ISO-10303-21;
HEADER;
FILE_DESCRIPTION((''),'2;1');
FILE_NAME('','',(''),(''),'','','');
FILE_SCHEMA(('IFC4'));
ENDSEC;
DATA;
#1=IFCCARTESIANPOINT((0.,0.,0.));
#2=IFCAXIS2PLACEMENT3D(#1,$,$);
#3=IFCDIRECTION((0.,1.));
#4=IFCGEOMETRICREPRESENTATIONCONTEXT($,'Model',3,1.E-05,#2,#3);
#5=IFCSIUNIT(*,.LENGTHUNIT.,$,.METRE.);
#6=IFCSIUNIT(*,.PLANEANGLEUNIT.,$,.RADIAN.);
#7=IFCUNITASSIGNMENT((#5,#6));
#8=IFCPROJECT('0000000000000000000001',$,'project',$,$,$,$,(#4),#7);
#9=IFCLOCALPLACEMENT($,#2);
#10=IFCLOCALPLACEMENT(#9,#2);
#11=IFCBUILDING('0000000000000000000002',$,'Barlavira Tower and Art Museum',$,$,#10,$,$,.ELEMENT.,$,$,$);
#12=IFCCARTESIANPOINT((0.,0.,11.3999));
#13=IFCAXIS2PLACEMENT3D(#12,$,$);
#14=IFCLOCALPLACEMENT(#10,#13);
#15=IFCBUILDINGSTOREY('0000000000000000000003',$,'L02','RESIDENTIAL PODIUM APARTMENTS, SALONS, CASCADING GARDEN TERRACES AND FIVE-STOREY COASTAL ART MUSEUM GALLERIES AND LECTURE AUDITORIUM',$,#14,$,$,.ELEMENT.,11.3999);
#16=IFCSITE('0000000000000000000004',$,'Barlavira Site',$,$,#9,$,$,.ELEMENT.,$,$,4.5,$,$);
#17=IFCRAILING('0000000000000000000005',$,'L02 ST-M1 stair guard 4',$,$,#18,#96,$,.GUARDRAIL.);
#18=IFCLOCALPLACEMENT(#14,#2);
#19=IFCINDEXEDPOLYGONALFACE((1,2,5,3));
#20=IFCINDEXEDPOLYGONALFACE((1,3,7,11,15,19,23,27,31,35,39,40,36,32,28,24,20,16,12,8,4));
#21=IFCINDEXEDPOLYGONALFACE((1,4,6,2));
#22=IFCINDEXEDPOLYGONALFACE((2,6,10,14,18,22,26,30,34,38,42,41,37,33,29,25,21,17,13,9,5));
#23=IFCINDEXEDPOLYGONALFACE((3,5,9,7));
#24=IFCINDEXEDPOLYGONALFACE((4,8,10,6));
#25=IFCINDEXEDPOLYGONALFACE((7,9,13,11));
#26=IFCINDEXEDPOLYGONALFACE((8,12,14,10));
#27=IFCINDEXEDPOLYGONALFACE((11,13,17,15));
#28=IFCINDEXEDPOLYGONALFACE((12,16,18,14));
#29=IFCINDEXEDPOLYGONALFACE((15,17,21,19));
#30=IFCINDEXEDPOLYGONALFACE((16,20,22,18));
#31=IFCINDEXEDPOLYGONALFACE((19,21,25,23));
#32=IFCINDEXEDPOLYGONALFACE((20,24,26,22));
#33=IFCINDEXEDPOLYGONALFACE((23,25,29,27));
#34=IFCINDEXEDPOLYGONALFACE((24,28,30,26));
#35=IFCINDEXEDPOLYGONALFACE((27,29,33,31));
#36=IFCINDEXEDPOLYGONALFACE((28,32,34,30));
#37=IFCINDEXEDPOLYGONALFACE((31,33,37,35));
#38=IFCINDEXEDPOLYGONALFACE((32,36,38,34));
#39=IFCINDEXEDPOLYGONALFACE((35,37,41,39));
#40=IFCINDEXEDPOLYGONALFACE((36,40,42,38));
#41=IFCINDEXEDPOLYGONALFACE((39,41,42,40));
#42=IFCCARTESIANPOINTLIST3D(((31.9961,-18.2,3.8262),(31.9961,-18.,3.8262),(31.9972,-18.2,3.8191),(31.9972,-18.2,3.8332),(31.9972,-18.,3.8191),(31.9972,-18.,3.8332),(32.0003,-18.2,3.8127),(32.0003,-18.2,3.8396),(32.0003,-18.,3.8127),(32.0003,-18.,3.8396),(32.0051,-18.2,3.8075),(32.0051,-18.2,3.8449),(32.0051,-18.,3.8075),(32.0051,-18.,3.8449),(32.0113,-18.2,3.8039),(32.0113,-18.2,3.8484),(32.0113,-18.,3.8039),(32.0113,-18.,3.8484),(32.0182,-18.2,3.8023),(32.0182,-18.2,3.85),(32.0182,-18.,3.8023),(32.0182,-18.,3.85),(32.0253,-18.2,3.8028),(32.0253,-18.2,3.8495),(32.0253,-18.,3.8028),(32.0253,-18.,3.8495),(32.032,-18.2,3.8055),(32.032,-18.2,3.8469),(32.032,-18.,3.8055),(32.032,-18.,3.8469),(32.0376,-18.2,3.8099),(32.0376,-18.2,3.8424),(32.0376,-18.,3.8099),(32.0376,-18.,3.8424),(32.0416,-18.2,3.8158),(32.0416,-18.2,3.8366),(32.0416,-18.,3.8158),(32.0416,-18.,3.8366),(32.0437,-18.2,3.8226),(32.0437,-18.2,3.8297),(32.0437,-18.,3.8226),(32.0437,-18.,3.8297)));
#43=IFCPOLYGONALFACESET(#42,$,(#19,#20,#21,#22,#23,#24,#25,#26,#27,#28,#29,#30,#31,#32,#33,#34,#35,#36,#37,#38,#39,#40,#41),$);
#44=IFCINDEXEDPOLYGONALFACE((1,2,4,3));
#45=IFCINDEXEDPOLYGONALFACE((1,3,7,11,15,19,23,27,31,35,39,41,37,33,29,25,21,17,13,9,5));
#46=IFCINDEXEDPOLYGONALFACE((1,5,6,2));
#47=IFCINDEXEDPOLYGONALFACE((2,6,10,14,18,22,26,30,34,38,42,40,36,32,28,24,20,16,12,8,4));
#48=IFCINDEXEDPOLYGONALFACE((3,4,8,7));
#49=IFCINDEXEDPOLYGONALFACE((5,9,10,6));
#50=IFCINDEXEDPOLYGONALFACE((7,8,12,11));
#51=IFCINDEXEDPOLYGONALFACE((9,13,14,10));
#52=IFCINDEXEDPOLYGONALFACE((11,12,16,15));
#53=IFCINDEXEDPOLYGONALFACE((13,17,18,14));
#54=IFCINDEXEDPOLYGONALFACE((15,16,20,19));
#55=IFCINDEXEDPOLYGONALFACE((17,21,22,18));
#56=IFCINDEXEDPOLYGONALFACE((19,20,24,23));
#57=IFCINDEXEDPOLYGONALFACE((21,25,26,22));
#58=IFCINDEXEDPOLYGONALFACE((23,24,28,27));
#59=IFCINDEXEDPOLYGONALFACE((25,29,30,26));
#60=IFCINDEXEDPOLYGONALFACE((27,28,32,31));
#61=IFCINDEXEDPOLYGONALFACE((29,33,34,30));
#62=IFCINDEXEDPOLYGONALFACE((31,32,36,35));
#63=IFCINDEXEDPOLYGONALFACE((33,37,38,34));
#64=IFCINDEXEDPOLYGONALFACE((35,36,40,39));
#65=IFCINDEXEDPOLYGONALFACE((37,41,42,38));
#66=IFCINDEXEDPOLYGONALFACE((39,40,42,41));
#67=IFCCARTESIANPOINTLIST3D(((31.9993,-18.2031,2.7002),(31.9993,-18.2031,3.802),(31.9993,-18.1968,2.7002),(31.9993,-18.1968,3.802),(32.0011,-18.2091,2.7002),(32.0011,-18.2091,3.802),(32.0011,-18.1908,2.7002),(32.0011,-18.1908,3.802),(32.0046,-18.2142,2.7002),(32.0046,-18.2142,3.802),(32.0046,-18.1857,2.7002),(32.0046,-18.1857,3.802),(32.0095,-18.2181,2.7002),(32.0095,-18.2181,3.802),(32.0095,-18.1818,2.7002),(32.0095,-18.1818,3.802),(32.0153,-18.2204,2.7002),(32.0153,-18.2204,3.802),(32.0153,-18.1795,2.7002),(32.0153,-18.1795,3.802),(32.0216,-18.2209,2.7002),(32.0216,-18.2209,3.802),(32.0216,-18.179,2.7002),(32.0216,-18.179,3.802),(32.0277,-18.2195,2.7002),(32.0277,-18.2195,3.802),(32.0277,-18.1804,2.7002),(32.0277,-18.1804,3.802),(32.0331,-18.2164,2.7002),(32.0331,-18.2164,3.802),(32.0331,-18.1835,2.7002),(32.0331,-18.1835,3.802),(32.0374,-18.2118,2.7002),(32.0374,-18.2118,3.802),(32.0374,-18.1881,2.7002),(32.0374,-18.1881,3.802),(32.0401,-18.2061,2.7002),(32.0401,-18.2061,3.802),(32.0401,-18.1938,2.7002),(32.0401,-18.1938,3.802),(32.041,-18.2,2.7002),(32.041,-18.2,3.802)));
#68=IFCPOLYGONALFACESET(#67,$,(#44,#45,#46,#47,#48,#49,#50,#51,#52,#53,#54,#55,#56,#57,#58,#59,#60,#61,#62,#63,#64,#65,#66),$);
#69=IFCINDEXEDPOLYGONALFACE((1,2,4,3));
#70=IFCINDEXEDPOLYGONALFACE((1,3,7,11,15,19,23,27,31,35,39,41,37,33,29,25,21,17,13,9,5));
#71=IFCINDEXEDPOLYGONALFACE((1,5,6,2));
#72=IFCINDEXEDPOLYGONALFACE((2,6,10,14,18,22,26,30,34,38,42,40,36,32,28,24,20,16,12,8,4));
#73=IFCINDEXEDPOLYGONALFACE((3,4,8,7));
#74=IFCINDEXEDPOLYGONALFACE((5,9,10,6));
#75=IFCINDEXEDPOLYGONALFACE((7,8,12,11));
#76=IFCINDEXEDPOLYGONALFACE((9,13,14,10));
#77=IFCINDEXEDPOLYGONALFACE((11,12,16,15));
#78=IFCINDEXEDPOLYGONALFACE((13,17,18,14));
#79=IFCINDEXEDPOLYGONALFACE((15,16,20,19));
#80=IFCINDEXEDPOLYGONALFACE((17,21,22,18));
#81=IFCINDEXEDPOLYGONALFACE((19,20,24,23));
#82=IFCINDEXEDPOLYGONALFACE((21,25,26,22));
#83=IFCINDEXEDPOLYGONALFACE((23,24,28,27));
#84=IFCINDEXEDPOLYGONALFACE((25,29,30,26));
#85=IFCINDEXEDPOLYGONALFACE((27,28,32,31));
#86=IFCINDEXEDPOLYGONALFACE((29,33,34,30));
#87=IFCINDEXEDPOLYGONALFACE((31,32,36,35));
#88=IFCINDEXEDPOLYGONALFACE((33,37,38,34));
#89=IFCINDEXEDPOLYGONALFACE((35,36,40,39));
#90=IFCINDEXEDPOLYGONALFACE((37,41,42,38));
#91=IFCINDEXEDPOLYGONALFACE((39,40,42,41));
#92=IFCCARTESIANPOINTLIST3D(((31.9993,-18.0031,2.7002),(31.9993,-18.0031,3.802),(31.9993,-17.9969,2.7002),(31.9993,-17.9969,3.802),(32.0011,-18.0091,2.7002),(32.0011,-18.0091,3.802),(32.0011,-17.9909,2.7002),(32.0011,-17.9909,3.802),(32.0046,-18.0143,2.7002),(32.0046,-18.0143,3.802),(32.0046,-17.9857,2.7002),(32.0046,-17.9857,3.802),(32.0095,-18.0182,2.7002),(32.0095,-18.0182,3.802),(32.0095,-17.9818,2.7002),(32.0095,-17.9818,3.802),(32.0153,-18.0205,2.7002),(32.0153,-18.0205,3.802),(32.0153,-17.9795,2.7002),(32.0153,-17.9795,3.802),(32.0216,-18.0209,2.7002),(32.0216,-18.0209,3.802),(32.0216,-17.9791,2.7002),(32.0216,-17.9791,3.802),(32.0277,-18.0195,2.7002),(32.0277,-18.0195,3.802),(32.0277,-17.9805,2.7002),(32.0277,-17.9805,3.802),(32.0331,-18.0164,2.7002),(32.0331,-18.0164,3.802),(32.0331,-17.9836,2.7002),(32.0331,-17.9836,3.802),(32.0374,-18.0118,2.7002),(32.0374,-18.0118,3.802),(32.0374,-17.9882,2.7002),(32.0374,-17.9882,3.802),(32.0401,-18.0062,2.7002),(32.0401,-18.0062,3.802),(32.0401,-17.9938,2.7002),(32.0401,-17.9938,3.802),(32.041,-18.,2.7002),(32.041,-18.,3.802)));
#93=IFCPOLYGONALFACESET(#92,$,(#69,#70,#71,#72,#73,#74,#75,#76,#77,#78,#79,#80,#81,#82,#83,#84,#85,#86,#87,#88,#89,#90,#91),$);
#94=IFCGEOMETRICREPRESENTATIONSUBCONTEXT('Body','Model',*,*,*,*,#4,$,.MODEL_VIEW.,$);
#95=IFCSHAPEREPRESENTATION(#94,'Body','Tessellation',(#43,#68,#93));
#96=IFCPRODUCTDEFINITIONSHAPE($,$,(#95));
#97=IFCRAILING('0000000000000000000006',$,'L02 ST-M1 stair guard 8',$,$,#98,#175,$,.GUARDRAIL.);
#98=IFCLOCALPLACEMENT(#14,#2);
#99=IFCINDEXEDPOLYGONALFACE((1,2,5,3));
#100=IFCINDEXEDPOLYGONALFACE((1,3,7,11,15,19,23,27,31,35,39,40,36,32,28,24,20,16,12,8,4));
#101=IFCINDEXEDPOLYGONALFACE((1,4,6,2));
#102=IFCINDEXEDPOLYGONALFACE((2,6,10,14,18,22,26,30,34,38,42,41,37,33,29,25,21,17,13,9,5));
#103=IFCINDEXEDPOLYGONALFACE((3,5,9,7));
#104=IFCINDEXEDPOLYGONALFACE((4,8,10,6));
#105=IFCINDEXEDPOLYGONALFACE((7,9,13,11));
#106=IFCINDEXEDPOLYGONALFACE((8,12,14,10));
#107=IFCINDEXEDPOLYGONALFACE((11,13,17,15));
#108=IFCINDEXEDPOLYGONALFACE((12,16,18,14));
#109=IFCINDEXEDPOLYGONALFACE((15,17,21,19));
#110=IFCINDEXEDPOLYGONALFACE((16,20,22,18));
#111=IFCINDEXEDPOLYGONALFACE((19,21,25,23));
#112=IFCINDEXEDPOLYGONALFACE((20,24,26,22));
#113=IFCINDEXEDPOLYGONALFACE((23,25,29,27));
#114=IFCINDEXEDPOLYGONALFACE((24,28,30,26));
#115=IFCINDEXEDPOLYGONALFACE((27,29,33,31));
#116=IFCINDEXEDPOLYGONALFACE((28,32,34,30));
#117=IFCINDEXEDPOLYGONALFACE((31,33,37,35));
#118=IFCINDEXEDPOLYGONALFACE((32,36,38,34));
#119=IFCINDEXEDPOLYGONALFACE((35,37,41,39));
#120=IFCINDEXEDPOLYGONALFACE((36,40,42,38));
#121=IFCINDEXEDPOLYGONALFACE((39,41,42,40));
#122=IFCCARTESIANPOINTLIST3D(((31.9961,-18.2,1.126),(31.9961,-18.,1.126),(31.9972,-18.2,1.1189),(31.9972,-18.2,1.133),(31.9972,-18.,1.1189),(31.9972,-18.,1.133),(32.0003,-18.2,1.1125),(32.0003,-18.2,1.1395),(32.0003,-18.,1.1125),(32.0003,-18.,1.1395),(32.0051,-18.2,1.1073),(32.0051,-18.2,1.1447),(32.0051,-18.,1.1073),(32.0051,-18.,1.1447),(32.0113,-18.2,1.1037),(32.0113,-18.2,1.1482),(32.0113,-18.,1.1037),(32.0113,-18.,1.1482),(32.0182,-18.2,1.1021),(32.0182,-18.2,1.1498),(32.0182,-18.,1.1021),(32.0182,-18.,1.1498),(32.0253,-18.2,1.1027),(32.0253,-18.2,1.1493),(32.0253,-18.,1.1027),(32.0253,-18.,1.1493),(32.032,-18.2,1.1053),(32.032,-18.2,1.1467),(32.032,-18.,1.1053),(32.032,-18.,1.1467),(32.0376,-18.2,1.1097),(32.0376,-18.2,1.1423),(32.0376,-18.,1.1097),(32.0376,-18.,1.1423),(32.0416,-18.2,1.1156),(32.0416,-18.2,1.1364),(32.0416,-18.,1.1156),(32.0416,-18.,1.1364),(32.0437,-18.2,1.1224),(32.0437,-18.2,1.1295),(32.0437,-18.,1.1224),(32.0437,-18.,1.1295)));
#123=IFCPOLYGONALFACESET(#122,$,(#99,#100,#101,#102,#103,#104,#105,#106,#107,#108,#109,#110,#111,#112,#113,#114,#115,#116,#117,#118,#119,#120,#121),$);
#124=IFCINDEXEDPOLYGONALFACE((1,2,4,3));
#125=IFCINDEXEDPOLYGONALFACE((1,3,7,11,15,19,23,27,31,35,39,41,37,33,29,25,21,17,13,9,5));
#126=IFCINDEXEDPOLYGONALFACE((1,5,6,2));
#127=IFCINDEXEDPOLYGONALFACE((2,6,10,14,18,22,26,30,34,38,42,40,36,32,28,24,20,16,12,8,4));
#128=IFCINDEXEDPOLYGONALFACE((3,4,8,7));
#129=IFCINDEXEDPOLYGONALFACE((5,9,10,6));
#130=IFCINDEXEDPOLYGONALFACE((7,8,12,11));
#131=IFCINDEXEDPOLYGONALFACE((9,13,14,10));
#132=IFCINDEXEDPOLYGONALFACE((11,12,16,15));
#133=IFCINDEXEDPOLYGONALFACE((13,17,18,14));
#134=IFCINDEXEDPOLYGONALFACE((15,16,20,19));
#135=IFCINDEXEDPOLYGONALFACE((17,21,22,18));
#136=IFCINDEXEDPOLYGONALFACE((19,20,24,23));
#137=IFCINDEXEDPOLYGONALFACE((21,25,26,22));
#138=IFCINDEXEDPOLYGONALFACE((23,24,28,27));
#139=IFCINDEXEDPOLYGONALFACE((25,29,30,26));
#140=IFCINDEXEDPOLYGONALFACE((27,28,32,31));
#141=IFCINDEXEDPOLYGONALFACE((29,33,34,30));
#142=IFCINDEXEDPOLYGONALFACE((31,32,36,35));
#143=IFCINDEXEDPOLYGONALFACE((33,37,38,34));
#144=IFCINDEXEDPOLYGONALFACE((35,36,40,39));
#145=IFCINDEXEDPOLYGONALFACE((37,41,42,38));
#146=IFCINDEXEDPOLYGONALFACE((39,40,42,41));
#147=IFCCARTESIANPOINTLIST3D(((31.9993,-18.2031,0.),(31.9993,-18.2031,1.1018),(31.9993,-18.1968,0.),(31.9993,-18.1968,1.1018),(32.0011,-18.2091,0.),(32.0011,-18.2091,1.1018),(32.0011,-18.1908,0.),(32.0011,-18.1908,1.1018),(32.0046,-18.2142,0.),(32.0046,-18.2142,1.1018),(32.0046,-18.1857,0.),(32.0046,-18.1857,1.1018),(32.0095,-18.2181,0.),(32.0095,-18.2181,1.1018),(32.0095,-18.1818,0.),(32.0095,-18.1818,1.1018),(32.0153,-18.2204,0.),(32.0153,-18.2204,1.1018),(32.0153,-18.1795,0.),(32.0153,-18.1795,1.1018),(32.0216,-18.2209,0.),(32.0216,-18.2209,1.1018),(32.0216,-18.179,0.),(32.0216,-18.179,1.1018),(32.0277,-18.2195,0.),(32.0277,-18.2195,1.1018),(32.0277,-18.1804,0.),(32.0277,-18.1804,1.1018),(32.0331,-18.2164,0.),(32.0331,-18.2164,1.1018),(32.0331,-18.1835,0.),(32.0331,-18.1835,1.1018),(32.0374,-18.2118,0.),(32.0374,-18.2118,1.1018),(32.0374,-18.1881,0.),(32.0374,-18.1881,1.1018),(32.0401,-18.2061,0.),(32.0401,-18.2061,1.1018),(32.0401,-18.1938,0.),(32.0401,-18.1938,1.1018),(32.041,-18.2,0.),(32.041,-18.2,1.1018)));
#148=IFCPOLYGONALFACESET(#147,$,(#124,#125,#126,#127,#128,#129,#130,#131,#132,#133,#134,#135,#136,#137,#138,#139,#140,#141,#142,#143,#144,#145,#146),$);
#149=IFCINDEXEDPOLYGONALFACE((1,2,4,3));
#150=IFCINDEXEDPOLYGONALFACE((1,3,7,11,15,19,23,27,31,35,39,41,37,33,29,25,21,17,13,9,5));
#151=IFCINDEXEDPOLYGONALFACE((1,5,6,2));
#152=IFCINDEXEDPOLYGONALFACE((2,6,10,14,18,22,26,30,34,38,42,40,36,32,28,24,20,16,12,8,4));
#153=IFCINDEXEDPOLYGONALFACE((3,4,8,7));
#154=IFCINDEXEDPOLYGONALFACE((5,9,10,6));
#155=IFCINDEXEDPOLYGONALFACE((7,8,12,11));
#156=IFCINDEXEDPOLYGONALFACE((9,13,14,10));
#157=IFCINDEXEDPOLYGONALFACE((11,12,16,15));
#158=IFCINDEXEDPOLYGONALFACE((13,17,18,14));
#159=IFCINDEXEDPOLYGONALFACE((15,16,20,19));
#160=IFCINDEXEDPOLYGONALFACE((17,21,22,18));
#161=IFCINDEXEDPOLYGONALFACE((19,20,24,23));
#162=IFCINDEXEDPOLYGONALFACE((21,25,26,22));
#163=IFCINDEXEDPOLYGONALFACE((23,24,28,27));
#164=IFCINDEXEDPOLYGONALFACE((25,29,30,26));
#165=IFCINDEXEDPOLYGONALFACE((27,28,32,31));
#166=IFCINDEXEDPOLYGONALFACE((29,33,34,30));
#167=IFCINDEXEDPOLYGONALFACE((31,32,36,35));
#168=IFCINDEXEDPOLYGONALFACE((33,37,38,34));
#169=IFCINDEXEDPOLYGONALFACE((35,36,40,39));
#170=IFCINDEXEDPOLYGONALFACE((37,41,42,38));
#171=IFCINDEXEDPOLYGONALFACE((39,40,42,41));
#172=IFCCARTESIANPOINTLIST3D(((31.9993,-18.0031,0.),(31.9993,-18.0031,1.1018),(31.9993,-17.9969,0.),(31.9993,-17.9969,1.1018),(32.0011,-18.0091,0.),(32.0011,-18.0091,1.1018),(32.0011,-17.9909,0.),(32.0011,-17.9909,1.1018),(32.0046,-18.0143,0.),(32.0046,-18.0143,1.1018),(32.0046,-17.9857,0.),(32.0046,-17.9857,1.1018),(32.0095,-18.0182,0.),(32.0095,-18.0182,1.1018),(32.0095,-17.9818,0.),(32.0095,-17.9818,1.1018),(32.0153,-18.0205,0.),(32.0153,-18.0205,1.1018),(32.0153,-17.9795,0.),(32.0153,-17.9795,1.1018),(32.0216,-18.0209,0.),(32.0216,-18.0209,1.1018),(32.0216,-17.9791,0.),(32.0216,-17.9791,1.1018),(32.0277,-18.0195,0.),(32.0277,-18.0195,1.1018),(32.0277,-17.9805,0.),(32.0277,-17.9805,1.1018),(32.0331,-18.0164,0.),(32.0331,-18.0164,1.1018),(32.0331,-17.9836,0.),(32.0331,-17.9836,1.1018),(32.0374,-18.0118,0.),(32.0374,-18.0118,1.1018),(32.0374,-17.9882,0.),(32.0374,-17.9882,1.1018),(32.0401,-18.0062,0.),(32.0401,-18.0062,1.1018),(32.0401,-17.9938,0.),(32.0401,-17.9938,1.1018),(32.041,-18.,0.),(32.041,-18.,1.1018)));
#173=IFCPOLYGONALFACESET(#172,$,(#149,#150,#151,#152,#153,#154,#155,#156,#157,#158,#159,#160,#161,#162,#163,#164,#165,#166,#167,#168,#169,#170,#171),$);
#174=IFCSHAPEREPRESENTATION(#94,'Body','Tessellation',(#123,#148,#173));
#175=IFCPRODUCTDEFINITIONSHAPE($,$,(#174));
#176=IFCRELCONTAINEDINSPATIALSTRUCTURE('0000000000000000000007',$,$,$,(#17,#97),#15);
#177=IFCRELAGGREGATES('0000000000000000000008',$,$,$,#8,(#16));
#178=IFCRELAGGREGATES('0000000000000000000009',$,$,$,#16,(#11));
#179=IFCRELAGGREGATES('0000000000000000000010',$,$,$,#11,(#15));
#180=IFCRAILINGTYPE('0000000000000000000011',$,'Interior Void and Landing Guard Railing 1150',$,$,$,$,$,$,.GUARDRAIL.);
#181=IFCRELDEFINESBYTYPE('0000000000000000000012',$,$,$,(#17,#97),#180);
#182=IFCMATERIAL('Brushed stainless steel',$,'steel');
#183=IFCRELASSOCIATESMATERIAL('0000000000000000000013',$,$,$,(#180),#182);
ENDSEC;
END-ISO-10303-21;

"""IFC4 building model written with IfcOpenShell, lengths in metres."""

from ifc_helpers import new_model, si_unit, direction, frame, origin, origin_2d, place, context, subcontext, project, spatial, circle, extrude, material, type_object, element, save


model = new_model("IFC4")

# Units and contexts
model_context = context("Model", 3, precision=1e-05, world=origin(), true_north=direction((0.0, 1.0)))
body_context = subcontext(model_context, "Body", "Model", "MODEL_VIEW")
ifc_project = project(units=[si_unit("LENGTHUNIT", "METRE"), si_unit("PLANEANGLEUNIT", "RADIAN")], contexts=[model_context])

# Site, building, storey
site_placement = place(None, origin())
site = spatial("IfcSite", under=ifc_project, at=site_placement, Name="Barlavira Site", CompositionType="ELEMENT", RefElevation=4.5)
building_placement = place(site_placement, origin())
building = spatial("IfcBuilding", under=site, at=building_placement, Name="Barlavira Tower and Art Museum", CompositionType="ELEMENT")
storey_placement = place(building_placement, frame((0.0, 0.0, 11.3999)))
storey = spatial("IfcBuildingStorey", under=building, at=storey_placement, Name="L02", Description="RESIDENTIAL PODIUM APARTMENTS, SALONS, CASCADING GARDEN TERRACES AND FIVE-STOREY COASTAL ART MUSEUM GALLERIES AND LECTURE AUDITORIUM", CompositionType="ELEMENT", Elevation=11.3999)

# Shared definitions
ifc_material_1 = material(Name="Brushed stainless steel", Category="steel")

# Railings
railing_type = type_object("IfcRailingType", Name="Interior Void and Landing Guard Railing 1150", PredefinedType="GUARDRAIL", material=ifc_material_1)
for number, where, name in (
    (1, (32.02, -18.2, 2.7002), "L02 ST-M1 stair guard 4"),
    (2, (32.02, -18.2, 0.0), "L02 ST-M1 stair guard 8"),
):
    element("IfcRailing", number, at=place(storey_placement, frame(where)), inside=storey, type_object=railing_type, Name=name, PredefinedType="GUARDRAIL", context=body_context, shape_type="SweptSolid", body=[
        extrude(circle(Radius=0.0239, at=origin_2d()), frame((0.0, 0.0, 1.126), z_axis=(0.0, 1.0, 0.0), x_axis=(-1.0, 0.0, 0.0)), (0.0, 0.0, 1.0), 0.2),
        extrude(circle(Radius=0.021, at=origin_2d()), origin(), (0.0, 0.0, 1.0), 1.1018),
        extrude(circle(Radius=0.021, at=origin_2d()), frame((0.0, 0.2, 0.0)), (0.0, 0.0, 1.0), 1.1018),
    ])

save(model, "model.ifc")
